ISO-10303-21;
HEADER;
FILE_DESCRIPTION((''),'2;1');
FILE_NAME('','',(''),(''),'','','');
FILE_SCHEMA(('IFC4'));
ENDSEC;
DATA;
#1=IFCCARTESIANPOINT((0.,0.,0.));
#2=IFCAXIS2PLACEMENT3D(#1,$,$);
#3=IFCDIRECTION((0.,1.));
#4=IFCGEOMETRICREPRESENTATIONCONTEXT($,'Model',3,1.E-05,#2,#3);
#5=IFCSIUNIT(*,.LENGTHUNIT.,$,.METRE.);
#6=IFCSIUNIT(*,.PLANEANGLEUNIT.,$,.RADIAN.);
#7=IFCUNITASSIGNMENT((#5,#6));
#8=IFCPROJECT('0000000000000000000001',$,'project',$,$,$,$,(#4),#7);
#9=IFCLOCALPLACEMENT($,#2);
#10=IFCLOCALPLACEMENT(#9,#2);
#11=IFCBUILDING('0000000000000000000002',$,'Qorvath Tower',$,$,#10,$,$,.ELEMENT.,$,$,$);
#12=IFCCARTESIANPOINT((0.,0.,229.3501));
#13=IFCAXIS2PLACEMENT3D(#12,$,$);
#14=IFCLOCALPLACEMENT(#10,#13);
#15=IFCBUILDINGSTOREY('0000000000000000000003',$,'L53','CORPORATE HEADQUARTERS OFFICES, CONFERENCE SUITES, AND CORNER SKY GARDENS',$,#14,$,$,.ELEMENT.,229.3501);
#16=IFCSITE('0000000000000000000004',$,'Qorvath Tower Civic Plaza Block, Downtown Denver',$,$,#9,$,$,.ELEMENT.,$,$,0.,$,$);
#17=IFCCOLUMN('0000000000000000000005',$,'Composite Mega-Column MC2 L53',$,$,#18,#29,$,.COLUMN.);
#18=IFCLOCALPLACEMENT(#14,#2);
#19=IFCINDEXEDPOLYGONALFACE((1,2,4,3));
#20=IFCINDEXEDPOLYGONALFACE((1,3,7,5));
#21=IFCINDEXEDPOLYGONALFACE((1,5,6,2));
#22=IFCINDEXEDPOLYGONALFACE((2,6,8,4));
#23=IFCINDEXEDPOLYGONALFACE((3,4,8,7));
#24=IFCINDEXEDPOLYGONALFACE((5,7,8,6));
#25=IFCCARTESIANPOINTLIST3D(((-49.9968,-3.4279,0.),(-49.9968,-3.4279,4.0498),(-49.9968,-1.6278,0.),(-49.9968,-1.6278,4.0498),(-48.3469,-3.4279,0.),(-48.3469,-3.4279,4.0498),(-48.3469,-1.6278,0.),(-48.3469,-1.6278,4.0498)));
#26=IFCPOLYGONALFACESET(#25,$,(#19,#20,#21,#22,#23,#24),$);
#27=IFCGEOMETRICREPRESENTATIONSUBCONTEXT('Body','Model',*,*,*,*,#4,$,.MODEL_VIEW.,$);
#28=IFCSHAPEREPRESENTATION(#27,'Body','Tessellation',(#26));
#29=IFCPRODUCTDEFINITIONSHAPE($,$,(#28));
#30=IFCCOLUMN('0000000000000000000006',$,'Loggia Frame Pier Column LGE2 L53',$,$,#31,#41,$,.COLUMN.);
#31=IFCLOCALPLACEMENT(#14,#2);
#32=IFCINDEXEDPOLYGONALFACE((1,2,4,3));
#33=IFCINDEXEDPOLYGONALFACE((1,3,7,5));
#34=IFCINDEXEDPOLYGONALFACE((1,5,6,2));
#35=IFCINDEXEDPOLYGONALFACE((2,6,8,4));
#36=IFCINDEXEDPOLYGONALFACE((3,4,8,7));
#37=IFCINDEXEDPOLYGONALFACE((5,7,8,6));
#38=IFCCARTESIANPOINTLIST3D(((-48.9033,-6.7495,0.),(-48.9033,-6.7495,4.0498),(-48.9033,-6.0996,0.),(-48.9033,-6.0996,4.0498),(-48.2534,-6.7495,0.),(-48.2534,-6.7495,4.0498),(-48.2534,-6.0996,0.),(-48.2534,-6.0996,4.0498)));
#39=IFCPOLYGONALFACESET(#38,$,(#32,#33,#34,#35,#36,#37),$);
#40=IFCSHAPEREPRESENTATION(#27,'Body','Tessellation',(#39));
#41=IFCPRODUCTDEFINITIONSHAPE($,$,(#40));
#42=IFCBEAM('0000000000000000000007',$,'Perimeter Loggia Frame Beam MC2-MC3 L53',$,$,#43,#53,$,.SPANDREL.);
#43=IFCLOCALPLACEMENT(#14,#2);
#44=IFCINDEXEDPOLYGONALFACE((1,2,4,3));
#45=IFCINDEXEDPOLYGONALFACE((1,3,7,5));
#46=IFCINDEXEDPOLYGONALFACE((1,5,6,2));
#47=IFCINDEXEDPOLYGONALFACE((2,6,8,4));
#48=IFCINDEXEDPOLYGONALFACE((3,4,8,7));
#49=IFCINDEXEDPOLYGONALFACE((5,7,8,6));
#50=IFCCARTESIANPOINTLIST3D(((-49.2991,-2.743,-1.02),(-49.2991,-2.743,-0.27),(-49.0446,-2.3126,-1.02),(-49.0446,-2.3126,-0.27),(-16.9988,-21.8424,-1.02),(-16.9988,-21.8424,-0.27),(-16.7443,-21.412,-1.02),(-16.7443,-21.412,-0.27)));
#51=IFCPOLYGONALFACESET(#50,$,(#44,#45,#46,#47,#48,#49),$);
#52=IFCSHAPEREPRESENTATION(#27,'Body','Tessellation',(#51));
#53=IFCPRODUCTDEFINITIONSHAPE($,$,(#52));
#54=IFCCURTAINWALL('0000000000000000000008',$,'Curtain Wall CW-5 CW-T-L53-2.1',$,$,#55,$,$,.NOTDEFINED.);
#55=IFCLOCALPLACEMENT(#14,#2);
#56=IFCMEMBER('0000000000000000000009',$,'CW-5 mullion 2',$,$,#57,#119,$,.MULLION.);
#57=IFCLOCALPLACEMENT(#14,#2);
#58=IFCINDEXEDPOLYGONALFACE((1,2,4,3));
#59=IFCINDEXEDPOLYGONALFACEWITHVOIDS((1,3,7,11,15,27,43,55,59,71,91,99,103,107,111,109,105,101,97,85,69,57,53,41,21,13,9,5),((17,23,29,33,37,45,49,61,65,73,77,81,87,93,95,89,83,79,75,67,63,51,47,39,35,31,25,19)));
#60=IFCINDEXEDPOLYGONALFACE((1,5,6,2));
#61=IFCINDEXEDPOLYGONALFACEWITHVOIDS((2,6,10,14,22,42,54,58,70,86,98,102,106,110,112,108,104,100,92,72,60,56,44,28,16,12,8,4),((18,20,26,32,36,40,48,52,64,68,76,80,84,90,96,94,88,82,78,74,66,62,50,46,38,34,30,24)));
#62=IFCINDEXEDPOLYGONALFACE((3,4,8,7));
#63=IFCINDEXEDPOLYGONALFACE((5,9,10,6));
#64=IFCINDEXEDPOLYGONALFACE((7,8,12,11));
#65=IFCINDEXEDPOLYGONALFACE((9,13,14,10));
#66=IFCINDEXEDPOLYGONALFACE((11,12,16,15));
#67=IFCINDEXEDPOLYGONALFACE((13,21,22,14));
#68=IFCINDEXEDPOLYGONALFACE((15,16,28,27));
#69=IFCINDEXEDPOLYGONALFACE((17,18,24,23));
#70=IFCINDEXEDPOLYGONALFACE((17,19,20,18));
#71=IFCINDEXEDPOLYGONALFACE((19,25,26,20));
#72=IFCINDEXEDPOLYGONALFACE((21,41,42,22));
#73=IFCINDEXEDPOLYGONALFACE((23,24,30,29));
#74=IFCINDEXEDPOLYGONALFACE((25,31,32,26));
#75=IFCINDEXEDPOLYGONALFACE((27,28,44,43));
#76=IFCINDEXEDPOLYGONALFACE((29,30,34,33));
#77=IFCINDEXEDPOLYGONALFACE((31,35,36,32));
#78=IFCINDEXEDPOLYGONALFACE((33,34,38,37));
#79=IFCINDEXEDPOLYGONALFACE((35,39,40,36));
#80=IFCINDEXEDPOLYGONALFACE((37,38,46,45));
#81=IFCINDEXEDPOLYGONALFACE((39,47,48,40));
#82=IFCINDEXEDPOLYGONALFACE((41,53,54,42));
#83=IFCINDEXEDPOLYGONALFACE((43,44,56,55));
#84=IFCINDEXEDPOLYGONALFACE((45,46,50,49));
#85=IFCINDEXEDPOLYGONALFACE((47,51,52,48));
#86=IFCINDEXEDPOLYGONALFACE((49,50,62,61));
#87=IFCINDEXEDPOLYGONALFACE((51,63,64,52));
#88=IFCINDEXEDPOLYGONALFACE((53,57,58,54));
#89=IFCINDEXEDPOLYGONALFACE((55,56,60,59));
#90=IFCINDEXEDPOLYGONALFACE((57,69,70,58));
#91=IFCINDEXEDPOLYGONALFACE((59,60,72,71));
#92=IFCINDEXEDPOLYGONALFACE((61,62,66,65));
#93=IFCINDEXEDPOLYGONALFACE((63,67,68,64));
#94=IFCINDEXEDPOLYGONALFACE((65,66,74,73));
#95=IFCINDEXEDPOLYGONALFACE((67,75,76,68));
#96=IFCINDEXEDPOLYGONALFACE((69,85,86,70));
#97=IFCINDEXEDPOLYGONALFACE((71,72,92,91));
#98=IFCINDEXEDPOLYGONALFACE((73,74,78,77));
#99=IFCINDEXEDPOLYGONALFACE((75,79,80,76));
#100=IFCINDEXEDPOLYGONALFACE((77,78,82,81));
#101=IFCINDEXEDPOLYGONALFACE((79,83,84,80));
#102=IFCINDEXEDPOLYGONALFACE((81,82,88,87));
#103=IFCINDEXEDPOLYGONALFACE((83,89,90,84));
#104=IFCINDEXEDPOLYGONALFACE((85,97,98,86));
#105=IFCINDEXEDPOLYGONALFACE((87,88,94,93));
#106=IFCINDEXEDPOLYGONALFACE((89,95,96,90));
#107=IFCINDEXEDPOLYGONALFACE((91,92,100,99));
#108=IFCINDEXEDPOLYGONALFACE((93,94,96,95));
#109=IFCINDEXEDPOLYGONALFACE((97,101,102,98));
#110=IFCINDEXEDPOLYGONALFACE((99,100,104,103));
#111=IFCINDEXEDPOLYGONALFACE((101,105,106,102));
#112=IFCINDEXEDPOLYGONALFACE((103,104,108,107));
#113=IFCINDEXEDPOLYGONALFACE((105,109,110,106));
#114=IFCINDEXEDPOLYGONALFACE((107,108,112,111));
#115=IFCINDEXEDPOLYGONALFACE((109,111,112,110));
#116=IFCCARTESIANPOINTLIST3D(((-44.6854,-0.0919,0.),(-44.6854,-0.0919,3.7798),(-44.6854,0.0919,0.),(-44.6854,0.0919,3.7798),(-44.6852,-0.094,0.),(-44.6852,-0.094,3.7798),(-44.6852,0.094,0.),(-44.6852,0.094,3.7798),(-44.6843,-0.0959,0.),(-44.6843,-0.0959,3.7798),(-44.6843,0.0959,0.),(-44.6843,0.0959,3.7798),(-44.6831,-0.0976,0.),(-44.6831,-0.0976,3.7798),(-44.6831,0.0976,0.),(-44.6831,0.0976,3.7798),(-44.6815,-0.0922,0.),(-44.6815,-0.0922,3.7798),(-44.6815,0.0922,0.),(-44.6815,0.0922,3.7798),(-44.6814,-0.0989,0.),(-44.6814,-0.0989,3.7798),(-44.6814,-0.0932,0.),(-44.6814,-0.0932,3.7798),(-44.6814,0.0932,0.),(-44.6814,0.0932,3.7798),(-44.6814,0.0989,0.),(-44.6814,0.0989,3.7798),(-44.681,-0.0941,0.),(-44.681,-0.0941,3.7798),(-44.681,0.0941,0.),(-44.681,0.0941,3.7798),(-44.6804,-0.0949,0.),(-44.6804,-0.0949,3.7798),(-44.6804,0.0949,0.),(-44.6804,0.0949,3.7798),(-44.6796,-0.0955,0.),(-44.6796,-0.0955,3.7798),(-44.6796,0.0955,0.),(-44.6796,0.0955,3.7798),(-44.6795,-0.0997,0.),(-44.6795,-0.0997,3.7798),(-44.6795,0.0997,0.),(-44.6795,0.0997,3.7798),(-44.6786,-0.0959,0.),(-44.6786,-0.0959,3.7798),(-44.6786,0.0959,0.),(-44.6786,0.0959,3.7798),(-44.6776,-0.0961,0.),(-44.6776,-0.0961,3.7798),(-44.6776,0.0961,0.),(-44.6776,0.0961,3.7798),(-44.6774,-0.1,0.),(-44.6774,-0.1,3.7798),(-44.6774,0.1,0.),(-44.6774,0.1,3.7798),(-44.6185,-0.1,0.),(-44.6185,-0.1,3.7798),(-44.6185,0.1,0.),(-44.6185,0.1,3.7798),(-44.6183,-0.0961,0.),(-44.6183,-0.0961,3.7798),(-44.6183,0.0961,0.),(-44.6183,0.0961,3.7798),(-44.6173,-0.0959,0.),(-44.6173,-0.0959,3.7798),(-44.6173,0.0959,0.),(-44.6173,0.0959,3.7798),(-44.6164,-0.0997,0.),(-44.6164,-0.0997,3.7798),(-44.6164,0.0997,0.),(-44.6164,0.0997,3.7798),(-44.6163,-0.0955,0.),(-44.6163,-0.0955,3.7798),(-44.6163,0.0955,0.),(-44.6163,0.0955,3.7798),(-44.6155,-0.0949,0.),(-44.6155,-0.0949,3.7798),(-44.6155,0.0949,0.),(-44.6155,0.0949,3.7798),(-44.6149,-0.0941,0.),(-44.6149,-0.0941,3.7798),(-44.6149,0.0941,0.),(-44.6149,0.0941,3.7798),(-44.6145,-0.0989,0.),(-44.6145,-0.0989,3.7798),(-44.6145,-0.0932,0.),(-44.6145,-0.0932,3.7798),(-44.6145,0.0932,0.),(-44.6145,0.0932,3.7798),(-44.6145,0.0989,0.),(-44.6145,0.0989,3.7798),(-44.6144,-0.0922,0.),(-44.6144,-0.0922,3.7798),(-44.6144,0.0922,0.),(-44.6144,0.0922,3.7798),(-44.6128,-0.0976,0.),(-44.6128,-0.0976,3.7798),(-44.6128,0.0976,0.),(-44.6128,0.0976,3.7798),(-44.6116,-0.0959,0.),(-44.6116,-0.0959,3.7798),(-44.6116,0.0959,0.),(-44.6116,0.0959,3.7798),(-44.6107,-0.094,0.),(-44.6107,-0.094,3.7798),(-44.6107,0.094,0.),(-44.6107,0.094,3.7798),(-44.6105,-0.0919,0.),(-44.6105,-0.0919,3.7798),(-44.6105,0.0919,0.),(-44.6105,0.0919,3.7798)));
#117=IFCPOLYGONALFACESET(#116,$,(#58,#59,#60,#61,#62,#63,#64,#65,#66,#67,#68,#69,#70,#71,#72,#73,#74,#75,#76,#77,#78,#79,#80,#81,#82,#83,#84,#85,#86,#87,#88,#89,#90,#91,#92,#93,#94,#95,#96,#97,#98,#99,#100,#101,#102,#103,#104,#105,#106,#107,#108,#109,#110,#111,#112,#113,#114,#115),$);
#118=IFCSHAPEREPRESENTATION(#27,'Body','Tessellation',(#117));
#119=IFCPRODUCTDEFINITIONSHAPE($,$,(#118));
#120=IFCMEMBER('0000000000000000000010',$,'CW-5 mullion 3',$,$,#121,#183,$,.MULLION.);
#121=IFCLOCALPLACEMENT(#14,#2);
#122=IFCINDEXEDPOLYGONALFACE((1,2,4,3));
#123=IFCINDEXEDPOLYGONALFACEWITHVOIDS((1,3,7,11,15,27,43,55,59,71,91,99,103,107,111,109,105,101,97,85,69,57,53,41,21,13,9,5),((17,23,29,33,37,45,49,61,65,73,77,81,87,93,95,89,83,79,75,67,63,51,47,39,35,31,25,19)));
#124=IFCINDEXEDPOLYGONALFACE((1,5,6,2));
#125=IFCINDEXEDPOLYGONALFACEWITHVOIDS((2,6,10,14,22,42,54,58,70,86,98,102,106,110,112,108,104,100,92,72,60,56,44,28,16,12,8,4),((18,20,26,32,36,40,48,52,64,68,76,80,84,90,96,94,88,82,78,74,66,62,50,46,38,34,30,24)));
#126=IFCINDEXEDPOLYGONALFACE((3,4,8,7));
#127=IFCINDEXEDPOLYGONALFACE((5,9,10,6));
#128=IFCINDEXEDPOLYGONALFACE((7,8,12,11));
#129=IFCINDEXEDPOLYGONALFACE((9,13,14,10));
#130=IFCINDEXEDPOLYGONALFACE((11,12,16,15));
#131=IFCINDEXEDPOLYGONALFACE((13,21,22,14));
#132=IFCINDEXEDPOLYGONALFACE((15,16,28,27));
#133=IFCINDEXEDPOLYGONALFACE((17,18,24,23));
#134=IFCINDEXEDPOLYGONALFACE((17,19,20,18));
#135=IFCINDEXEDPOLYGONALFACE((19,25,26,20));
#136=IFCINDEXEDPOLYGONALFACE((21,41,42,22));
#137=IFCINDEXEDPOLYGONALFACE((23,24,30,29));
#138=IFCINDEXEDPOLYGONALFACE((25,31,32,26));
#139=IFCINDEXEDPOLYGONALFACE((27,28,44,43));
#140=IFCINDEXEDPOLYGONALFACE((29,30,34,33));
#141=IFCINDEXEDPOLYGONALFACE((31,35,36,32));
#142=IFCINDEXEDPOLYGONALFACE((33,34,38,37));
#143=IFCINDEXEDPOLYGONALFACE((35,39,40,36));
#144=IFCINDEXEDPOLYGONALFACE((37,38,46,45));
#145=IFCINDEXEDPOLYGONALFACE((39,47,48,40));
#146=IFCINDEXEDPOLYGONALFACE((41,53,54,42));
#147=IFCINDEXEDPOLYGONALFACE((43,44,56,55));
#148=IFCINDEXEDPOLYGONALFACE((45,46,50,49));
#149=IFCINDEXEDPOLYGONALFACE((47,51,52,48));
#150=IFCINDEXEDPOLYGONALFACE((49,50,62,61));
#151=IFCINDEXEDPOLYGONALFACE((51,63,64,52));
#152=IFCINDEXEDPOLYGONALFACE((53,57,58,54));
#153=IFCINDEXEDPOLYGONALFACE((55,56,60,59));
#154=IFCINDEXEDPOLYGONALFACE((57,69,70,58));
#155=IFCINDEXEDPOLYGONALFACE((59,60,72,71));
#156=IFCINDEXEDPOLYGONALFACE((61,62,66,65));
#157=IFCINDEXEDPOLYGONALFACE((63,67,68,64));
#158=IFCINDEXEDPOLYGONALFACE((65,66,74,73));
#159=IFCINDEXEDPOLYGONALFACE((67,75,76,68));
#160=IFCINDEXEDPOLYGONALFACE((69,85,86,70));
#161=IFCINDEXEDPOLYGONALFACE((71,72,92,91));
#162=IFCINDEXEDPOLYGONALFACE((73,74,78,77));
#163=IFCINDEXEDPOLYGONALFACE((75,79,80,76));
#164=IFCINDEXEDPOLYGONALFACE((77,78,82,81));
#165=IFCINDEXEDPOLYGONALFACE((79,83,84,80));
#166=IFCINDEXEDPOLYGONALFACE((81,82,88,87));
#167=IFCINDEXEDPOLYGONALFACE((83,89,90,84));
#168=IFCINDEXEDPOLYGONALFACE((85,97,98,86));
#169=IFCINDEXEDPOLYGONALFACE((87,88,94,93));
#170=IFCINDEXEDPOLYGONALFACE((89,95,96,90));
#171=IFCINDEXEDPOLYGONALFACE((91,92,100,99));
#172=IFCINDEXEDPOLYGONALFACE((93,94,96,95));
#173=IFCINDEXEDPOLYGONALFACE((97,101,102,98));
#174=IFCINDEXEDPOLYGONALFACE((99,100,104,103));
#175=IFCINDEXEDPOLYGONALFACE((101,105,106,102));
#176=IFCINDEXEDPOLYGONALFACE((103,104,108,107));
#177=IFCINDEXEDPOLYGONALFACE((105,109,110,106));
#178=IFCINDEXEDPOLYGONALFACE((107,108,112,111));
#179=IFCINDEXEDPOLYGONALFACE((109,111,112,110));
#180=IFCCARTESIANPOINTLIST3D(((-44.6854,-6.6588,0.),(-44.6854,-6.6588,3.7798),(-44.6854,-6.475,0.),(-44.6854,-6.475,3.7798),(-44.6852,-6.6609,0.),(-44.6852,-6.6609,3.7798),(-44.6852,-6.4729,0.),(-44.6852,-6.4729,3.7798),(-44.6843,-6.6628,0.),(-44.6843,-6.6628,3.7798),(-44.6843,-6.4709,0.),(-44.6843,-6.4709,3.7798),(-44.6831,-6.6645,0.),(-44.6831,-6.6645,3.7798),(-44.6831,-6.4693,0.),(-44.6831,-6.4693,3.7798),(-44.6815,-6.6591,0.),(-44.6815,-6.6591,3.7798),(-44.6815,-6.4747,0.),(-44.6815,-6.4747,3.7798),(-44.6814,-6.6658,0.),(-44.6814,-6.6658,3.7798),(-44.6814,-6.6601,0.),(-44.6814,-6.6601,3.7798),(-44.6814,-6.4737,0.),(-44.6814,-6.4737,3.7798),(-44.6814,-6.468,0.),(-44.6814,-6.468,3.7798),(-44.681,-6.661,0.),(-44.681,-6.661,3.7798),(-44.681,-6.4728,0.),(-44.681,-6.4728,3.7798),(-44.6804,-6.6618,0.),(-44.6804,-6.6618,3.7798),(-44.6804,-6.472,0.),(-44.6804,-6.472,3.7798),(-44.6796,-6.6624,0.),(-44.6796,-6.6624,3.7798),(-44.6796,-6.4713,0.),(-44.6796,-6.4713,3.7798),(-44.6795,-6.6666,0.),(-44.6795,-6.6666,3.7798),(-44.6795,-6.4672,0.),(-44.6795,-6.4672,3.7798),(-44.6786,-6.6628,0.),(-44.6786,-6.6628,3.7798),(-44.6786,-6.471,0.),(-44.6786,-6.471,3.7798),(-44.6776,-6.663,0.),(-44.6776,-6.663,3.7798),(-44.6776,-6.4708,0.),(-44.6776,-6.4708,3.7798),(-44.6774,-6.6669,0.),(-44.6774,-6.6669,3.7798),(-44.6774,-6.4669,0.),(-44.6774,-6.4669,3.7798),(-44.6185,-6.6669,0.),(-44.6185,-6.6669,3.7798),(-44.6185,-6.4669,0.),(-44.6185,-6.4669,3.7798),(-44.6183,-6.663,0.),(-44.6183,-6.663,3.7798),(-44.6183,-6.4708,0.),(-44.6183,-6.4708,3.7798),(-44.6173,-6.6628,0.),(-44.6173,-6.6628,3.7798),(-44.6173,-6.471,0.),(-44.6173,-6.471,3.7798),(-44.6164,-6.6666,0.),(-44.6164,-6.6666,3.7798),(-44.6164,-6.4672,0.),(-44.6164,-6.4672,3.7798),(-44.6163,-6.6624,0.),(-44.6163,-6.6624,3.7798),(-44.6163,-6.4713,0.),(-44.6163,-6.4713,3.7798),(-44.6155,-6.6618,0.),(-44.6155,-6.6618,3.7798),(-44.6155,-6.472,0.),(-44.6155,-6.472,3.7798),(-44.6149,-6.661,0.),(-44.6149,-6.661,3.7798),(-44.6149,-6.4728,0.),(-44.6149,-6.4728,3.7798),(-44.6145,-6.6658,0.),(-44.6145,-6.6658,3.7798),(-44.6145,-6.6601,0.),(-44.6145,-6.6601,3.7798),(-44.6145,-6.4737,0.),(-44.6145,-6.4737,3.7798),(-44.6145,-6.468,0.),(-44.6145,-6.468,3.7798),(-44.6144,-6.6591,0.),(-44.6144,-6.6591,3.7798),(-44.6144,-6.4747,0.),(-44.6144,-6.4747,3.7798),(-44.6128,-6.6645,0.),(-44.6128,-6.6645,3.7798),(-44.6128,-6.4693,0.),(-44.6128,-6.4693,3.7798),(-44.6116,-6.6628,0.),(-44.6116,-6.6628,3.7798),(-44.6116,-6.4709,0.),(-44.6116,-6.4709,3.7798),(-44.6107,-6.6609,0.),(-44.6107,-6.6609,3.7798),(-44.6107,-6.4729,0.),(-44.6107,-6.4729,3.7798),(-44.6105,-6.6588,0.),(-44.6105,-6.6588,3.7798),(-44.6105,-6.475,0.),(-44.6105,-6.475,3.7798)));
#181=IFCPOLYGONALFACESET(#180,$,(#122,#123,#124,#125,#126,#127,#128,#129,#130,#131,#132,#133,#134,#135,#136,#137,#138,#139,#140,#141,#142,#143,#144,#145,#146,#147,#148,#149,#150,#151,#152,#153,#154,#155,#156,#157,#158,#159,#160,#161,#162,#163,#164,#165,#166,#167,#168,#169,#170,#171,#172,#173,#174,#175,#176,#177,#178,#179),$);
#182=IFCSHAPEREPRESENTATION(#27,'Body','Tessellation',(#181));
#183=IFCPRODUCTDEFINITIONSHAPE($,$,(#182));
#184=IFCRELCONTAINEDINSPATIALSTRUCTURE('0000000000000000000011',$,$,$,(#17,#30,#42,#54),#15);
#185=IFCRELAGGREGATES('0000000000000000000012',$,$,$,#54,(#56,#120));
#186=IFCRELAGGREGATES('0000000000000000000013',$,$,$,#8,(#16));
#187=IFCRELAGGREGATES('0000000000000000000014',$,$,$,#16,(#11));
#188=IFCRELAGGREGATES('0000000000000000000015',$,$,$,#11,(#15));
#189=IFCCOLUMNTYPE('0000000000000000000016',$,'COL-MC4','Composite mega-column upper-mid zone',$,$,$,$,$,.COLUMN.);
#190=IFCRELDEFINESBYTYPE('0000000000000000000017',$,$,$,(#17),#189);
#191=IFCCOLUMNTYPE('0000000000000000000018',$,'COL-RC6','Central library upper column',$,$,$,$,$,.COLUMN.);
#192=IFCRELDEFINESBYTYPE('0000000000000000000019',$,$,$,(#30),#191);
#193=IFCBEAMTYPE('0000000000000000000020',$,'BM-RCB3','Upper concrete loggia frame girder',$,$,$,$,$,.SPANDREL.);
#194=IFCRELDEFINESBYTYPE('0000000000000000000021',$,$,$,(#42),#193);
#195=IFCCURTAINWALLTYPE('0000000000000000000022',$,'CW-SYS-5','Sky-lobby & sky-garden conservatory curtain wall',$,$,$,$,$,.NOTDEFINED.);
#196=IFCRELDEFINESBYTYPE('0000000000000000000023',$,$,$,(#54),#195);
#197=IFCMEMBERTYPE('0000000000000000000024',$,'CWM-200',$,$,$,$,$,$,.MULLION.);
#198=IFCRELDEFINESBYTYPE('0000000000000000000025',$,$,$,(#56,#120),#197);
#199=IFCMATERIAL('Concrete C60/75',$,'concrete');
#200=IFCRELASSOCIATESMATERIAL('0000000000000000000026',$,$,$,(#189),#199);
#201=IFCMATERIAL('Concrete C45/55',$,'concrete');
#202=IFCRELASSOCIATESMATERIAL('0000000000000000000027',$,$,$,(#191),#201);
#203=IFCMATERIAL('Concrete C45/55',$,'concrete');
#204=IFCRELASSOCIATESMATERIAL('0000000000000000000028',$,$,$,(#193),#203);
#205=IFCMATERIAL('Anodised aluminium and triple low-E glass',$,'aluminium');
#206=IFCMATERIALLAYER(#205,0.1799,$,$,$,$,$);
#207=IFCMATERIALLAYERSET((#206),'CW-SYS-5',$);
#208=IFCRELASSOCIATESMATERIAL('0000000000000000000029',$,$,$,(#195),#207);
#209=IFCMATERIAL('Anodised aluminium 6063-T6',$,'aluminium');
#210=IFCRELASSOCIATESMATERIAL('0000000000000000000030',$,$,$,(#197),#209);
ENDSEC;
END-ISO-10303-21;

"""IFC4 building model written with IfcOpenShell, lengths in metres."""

from ifc_helpers import new_model, si_unit, direction, frame, origin, origin_2d, place, context, subcontext, project, spatial, rectangle, hollow_rectangle, extrude, material, layer, layer_set, material_profile, profile_set, type_object, element, aggregate, save


model = new_model("IFC4")

# Units and contexts
model_context = context("Model", 3, precision=1e-05, world=origin(), true_north=direction((0.0, 1.0)))
body_context = subcontext(model_context, "Body", "Model", "MODEL_VIEW")
ifc_project = project(units=[si_unit("LENGTHUNIT", "METRE"), si_unit("PLANEANGLEUNIT", "RADIAN")], contexts=[model_context])

# Site, building, storey
site_placement = place(None, origin())
site = spatial("IfcSite", under=ifc_project, at=site_placement, Name="Qorvath Tower Civic Plaza Block, Downtown Denver", CompositionType="ELEMENT", RefElevation=0.0)
building_placement = place(site_placement, origin())
building = spatial("IfcBuilding", under=site, at=building_placement, Name="Qorvath Tower", CompositionType="ELEMENT")
storey_placement = place(building_placement, frame((0.0, 0.0, 229.3501)))
storey = spatial("IfcBuildingStorey", under=building, at=storey_placement, Name="L53", Description="CORPORATE HEADQUARTERS OFFICES, CONFERENCE SUITES, AND CORNER SKY GARDENS", CompositionType="ELEMENT", Elevation=229.3501)

# Columns
ifc_material_1 = material(Name="Concrete C60/75", Category="concrete")
ifc_material_profile_1 = material_profile(ifc_material_1, rectangle(XDim=1.6499, YDim=1.8, at=origin_2d()), Name="MC 1800x1650")
ifc_profile_set_1 = profile_set([ifc_material_profile_1], Name="Concrete C60/75")
column_type_1 = type_object("IfcColumnType", Name="COL-MC4", Description="Composite mega-column upper-mid zone", PredefinedType="COLUMN", material=ifc_profile_set_1)
column_1_placement = place(storey_placement, frame((-49.1719, -2.5278, 0.0), z_axis=(0.0, 0.0, 1.0), x_axis=(1.0, 0.0, 0.0)))
element("IfcColumn", 1, at=column_1_placement, inside=storey, type_object=column_type_1, Name="Composite Mega-Column MC2 L53", PredefinedType="COLUMN", context=body_context, shape_type="SweptSolid", body=[
    extrude(rectangle(XDim=1.6499, YDim=1.8, at=origin_2d()), origin(), (0.0, 0.0, 1.0), 4.0498),
])
ifc_material_2 = material(Name="Concrete C45/55", Category="concrete")
ifc_material_profile_2 = material_profile(ifc_material_2, rectangle(XDim=0.6499, YDim=0.6499, at=origin_2d()), Name="RC 650x650")
ifc_profile_set_2 = profile_set([ifc_material_profile_2], Name="Concrete C45/55")
column_type_2 = type_object("IfcColumnType", Name="COL-RC6", Description="Central library upper column", PredefinedType="COLUMN", material=ifc_profile_set_2)
column_2_placement = place(storey_placement, frame((-48.5784, -6.4246, 0.0), z_axis=(0.0, 0.0, 1.0), x_axis=(1.0, 0.0, 0.0)))
element("IfcColumn", 2, at=column_2_placement, inside=storey, type_object=column_type_2, Name="Loggia Frame Pier Column LGE2 L53", PredefinedType="COLUMN", context=body_context, shape_type="SweptSolid", body=[
    extrude(rectangle(XDim=0.6499, YDim=0.6499, at=origin_2d()), origin(), (0.0, 0.0, 1.0), 4.0498),
])

# Beam
ifc_material_3 = material(Name="Concrete C45/55", Category="concrete")
ifc_material_profile_3 = material_profile(ifc_material_3, rectangle(XDim=0.5, YDim=0.75, at=origin_2d()), Name="RCB 750x500")
ifc_profile_set_3 = profile_set([ifc_material_profile_3], Name="Concrete C45/55")
beam_type = type_object("IfcBeamType", Name="BM-RCB3", Description="Upper concrete loggia frame girder", PredefinedType="SPANDREL", material=ifc_profile_set_3)
beam_placement = place(storey_placement, frame((-49.1719, -2.5278, -0.645), z_axis=(0.860777, -0.508983, 0.0), x_axis=(0.508983, 0.860777, 0.0)))
element("IfcBeam", 3, at=beam_placement, inside=storey, type_object=beam_type, Name="Perimeter Loggia Frame Beam MC2-MC3 L53", PredefinedType="SPANDREL", context=body_context, shape_type="SweptSolid", body=[
    extrude(rectangle(XDim=0.5, YDim=0.75, at=origin_2d()), origin(), (0.0, 0.0, 1.0), 37.5247),
])

# Curtain wall, members
ifc_material_4 = material(Name="Anodised aluminium and triple low-E glass", Category="aluminium")
ifc_layer_1 = layer(ifc_material_4, 0.1799)
ifc_layer_set_1 = layer_set([ifc_layer_1], Name="CW-SYS-5")
curtain_wall_type = type_object("IfcCurtainWallType", Name="CW-SYS-5", Description="Sky-lobby & sky-garden conservatory curtain wall", PredefinedType="NOTDEFINED", material=ifc_layer_set_1)
curtain_wall_1_placement = place(storey_placement, origin())
curtain_wall_1 = element("IfcCurtainWall", 4, at=curtain_wall_1_placement, inside=storey, type_object=curtain_wall_type, Name="Curtain Wall CW-5 CW-T-L53-2.1", PredefinedType="NOTDEFINED")
ifc_material_5 = material(Name="Anodised aluminium 6063-T6", Category="aluminium")
ifc_material_profile_4 = material_profile(ifc_material_5, hollow_rectangle(XDim=0.075, YDim=0.2, WallThickness=0.0039, InnerFilletRadius=0.0039, OuterFilletRadius=0.0081, at=origin_2d()), Name="CWM 200x75")
ifc_profile_set_4 = profile_set([ifc_material_profile_4], Name="Anodised aluminium 6063-T6")
member_type_1 = type_object("IfcMemberType", Name="CWM-200", PredefinedType="MULLION", material=ifc_profile_set_4)
member_1_placement = place(storey_placement, frame((-44.6479, 0.0, 0.0), z_axis=(0.0, 0.0, 1.0), x_axis=(1.0, 0.0, 0.0)))
member_1 = element("IfcMember", 5, at=member_1_placement, type_object=member_type_1, Name="CW-5 mullion 2", PredefinedType="MULLION", context=body_context, shape_type="SweptSolid", body=[
    extrude(hollow_rectangle(XDim=0.075, YDim=0.2, WallThickness=0.0039, InnerFilletRadius=0.0039, OuterFilletRadius=0.0081, at=origin_2d()), origin(), (0.0, 0.0, 1.0), 3.7798),
])
member_2_placement = place(storey_placement, frame((-44.6479, -6.5669, 0.0), z_axis=(0.0, 0.0, 1.0), x_axis=(1.0, 0.0, 0.0)))
member_2 = element("IfcMember", 6, at=member_2_placement, type_object=member_type_1, Name="CW-5 mullion 3", PredefinedType="MULLION", context=body_context, shape_type="SweptSolid", body=[
    extrude(hollow_rectangle(XDim=0.075, YDim=0.2, WallThickness=0.0039, InnerFilletRadius=0.0039, OuterFilletRadius=0.0081, at=origin_2d()), origin(), (0.0, 0.0, 1.0), 3.7798),
])

aggregate(curtain_wall_1, [member_1, member_2])

save(model, "model.ifc")
